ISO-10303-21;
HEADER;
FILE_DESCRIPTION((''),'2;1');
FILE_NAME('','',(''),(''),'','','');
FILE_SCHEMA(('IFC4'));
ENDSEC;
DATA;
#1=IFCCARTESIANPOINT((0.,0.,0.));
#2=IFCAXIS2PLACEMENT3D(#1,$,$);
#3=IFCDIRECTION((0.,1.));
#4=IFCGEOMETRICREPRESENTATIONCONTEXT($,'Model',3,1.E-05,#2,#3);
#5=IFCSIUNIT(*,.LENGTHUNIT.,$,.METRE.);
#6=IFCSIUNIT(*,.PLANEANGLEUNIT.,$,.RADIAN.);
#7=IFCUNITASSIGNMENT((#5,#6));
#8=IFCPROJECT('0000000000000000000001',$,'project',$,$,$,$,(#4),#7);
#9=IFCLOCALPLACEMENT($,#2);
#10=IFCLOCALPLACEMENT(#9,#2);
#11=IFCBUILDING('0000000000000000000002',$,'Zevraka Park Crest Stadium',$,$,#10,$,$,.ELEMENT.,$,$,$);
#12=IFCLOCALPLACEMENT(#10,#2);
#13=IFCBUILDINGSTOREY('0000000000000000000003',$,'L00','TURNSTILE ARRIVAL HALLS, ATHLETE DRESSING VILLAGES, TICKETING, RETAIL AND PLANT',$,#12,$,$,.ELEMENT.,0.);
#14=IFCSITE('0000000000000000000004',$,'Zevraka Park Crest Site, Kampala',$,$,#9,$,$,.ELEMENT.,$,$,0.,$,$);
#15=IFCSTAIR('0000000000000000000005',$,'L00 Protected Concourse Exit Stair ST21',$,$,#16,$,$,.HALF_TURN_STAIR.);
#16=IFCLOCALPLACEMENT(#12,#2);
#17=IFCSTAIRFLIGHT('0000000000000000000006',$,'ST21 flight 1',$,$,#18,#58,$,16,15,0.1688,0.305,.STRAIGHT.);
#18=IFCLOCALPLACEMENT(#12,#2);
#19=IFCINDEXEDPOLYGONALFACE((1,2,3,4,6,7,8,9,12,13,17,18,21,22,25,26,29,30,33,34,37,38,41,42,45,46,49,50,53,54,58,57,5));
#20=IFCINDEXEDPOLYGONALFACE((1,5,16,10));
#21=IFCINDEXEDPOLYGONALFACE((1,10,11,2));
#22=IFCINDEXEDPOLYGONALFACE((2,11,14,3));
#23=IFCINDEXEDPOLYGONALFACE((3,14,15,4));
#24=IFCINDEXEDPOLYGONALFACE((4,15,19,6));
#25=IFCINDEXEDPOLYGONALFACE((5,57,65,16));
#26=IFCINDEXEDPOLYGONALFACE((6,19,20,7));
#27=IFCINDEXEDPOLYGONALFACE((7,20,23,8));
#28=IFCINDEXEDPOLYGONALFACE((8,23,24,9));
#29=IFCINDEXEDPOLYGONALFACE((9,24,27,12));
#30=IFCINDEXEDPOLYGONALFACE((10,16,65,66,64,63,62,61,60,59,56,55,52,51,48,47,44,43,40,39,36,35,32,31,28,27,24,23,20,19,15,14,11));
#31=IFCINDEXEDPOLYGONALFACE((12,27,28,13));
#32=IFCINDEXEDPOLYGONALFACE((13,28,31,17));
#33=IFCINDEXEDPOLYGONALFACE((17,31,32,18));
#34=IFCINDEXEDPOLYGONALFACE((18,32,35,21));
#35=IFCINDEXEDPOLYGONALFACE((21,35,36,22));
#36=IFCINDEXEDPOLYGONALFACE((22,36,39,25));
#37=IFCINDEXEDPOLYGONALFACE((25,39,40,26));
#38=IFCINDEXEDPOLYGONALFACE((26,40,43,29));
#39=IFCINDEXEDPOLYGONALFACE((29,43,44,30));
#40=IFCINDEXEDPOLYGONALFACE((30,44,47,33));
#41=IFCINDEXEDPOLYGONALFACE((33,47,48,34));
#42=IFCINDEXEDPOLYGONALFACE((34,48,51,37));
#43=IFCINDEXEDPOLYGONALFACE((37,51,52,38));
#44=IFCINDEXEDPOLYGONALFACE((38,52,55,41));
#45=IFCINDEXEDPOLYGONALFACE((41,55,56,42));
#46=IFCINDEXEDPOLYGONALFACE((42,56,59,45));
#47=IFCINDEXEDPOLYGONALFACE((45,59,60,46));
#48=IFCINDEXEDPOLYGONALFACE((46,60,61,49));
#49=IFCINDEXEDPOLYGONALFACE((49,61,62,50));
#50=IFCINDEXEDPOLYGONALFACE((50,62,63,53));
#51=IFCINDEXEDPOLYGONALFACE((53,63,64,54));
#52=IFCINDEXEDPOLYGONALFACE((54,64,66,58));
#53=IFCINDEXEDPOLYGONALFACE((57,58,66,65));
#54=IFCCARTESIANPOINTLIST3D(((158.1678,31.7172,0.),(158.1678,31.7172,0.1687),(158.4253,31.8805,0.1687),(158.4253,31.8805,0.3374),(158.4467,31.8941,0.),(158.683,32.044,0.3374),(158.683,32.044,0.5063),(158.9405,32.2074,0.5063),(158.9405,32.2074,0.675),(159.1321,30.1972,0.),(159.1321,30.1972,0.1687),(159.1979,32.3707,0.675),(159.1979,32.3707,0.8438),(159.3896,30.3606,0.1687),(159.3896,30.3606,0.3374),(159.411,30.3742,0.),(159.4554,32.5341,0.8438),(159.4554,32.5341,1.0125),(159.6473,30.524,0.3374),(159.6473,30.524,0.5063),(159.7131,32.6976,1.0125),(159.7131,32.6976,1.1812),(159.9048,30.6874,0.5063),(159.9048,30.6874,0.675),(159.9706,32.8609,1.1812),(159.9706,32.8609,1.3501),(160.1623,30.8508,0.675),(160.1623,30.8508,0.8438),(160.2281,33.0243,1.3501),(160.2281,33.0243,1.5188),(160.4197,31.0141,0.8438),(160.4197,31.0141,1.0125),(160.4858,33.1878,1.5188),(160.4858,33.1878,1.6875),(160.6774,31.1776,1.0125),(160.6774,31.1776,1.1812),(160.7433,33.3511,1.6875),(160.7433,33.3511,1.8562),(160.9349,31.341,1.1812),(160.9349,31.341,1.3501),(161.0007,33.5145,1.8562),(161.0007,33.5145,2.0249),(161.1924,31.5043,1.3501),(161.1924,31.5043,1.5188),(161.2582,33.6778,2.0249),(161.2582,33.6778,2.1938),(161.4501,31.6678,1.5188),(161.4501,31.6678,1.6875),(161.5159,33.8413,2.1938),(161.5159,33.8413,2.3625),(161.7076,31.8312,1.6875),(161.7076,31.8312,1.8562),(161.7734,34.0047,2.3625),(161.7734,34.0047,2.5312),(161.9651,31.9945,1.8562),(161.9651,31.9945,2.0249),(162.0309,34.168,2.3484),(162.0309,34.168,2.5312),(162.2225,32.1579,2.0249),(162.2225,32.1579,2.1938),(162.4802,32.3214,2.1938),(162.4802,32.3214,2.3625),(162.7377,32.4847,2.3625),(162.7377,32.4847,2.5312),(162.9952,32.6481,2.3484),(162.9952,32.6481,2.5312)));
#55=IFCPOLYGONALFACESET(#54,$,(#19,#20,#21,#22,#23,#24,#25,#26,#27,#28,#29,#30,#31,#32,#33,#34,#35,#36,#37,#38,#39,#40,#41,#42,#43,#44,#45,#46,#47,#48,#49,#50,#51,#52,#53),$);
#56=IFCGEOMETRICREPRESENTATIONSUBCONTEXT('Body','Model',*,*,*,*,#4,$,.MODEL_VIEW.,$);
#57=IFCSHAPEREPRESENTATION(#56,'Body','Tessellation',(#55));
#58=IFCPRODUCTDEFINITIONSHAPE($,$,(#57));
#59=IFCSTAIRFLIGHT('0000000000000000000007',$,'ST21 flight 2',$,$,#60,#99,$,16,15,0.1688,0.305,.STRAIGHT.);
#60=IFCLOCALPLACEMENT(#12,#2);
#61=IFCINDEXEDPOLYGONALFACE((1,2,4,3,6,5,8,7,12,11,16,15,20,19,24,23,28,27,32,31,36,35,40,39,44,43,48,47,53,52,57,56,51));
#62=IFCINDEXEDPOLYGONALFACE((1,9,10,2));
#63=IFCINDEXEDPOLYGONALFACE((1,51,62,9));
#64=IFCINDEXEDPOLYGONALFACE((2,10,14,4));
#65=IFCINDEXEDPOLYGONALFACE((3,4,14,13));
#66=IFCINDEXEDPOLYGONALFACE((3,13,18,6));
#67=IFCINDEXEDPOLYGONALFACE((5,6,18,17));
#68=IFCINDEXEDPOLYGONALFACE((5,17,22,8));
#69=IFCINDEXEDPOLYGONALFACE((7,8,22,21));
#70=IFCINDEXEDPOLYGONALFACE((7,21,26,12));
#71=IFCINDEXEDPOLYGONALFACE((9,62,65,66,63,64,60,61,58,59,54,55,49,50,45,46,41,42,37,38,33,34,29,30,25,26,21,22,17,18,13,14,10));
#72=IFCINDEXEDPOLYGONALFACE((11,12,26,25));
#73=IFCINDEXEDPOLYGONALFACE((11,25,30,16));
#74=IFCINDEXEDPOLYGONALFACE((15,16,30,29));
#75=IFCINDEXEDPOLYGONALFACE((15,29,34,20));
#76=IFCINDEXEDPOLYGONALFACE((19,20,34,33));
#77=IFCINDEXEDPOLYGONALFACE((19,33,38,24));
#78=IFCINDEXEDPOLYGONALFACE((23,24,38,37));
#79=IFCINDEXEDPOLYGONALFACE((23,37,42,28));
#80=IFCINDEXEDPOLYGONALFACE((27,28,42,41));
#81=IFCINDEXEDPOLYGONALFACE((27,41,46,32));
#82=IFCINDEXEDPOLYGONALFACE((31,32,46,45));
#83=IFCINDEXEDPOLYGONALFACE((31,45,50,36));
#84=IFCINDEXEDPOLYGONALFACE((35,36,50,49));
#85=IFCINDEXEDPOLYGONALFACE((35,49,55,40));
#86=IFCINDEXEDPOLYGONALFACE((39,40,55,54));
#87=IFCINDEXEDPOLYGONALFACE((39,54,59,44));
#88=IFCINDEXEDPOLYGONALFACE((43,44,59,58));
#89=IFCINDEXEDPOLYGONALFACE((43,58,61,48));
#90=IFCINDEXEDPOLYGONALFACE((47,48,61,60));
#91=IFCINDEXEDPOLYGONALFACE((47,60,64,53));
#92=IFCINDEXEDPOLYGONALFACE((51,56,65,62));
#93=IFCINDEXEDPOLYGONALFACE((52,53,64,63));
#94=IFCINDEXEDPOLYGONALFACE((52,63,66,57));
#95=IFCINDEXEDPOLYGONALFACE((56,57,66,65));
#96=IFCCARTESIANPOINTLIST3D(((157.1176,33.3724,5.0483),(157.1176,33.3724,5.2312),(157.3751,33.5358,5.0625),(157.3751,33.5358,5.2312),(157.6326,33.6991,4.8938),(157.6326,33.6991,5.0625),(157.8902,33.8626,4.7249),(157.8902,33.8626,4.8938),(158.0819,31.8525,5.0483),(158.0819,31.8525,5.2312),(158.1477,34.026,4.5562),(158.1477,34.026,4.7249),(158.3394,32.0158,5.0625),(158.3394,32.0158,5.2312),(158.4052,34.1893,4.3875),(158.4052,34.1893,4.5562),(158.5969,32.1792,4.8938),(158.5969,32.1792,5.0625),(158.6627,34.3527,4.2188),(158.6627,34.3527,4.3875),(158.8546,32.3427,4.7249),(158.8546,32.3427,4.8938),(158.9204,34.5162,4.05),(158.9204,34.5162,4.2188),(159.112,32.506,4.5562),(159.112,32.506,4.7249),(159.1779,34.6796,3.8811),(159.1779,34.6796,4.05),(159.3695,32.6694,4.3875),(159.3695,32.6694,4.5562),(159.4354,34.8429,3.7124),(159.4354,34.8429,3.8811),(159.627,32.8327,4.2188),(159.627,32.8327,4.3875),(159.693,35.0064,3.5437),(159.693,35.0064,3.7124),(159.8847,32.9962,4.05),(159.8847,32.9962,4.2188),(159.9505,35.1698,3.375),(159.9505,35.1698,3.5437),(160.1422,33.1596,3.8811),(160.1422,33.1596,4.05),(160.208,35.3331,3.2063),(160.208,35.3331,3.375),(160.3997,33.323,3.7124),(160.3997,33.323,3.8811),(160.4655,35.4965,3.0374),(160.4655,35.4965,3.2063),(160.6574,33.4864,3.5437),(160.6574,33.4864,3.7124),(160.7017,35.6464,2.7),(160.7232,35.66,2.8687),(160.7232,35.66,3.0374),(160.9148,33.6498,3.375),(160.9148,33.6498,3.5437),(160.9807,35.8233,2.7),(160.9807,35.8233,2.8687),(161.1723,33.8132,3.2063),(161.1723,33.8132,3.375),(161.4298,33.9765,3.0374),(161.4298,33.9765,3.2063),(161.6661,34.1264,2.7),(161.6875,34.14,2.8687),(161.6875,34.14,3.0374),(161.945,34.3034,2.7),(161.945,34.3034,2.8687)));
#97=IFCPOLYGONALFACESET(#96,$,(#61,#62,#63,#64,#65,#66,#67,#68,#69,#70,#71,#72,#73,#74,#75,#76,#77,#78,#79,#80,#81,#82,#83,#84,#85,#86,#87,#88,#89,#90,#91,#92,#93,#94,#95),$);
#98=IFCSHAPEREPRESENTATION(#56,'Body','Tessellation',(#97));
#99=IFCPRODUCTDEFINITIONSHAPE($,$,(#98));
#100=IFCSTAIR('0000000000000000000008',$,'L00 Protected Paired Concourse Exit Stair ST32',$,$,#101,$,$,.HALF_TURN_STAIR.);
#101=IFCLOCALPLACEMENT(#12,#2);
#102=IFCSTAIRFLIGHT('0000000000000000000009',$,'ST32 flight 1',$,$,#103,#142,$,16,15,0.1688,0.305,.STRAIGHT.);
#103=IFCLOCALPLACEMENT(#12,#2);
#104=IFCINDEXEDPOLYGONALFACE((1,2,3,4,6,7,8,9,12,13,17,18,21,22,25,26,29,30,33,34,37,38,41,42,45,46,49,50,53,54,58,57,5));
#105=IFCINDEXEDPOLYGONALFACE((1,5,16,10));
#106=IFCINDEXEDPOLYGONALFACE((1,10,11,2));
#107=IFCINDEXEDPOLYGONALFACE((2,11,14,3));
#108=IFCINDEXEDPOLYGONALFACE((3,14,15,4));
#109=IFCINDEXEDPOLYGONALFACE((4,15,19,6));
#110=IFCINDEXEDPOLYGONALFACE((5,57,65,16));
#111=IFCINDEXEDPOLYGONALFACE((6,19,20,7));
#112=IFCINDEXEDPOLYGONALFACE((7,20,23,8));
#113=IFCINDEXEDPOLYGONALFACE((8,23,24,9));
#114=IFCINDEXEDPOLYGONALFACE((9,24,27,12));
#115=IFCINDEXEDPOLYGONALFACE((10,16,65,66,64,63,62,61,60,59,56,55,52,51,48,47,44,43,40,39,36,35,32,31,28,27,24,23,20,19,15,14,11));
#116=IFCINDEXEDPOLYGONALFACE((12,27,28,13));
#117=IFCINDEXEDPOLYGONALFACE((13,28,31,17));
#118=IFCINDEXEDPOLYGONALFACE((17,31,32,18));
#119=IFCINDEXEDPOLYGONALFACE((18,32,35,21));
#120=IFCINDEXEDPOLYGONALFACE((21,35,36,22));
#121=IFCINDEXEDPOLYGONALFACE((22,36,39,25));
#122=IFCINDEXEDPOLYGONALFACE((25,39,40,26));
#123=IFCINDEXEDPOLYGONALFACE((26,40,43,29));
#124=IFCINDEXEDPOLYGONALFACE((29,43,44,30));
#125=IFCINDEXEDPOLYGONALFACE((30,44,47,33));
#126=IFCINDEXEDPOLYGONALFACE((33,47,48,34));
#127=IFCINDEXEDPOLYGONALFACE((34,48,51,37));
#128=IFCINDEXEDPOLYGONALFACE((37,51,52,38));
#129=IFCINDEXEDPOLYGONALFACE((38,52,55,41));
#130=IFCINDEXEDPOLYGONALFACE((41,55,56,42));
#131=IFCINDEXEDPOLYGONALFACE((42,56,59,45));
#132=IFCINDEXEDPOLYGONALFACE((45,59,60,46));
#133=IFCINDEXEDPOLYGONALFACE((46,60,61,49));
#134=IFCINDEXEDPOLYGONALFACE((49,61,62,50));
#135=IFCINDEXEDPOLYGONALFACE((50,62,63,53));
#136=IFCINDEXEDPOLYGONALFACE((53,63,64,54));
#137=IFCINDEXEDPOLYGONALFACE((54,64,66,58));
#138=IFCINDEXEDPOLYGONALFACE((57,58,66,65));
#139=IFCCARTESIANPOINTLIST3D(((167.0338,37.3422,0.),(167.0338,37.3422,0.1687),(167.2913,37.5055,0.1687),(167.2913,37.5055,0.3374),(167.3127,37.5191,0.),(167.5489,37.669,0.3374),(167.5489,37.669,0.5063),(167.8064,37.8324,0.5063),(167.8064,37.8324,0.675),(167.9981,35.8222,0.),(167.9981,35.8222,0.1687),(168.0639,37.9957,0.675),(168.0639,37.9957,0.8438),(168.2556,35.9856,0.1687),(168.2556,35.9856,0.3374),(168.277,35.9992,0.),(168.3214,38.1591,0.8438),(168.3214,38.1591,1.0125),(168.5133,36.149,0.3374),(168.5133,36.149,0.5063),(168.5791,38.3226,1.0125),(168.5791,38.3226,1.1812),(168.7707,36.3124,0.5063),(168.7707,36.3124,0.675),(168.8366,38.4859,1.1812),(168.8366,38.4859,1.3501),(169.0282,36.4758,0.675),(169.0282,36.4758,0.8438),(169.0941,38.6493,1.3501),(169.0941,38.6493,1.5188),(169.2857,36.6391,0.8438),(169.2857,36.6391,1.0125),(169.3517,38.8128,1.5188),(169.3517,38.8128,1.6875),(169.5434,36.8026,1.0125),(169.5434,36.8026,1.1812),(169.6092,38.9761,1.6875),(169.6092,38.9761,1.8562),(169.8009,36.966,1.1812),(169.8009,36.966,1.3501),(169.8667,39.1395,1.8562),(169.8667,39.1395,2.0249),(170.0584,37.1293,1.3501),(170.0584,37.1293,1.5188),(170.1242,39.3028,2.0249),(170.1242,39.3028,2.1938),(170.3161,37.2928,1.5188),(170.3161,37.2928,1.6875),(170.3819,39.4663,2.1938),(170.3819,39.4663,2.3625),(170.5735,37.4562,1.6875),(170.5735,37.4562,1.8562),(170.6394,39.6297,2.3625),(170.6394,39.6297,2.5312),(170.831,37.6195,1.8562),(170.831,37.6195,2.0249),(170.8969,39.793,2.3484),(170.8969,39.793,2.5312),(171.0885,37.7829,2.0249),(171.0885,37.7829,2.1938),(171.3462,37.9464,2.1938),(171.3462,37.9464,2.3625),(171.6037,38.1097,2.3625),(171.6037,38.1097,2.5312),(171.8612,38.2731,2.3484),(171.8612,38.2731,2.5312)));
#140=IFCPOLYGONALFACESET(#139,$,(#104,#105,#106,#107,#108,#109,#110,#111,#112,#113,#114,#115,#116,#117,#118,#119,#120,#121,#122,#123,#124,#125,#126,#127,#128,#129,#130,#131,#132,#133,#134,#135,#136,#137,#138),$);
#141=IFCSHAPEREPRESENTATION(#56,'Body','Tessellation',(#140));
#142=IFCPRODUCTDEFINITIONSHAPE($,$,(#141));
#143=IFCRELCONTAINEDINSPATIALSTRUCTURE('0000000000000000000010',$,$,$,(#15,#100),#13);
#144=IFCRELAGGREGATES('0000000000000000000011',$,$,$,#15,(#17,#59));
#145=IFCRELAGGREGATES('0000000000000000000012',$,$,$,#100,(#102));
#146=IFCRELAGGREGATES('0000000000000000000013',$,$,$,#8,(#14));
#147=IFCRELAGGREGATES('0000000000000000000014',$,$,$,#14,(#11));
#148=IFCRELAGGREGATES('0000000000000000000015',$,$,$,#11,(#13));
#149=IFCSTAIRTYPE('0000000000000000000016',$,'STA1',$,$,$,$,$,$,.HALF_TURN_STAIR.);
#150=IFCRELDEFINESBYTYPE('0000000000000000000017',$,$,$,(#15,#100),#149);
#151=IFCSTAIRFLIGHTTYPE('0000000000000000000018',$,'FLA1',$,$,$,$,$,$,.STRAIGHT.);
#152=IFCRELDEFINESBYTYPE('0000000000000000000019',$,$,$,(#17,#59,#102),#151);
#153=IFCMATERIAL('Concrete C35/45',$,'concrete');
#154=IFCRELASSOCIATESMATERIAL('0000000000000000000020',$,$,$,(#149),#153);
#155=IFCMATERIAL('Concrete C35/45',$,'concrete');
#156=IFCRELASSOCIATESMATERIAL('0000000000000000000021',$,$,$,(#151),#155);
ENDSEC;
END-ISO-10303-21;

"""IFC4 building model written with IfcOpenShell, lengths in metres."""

from ifc_helpers import new_model, si_unit, direction, frame, origin, place, context, subcontext, project, spatial, polyline, outline, extrude, material, type_object, element, aggregate, save


model = new_model("IFC4")

# Units and contexts
model_context = context("Model", 3, precision=1e-05, world=origin(), true_north=direction((0.0, 1.0)))
body_context = subcontext(model_context, "Body", "Model", "MODEL_VIEW")
ifc_project = project(units=[si_unit("LENGTHUNIT", "METRE"), si_unit("PLANEANGLEUNIT", "RADIAN")], contexts=[model_context])

# Site, building, storey
site_placement = place(None, origin())
site = spatial("IfcSite", under=ifc_project, at=site_placement, Name="Zevraka Park Crest Site, Kampala", CompositionType="ELEMENT", RefElevation=0.0)
building_placement = place(site_placement, origin())
building = spatial("IfcBuilding", under=site, at=building_placement, Name="Zevraka Park Crest Stadium", CompositionType="ELEMENT")
storey_placement = place(building_placement, origin())
storey = spatial("IfcBuildingStorey", under=building, at=storey_placement, Name="L00", Description="TURNSTILE ARRIVAL HALLS, ATHLETE DRESSING VILLAGES, TICKETING, RETAIL AND PLANT", CompositionType="ELEMENT", Elevation=0.0)

# Stairs, stair flights
ifc_material_1 = material(Name="Concrete C35/45", Category="concrete")
stair_type = type_object("IfcStairType", Name="STA1", PredefinedType="HALF_TURN_STAIR", material=ifc_material_1)
stair_1_placement = place(storey_placement, origin())
stair_1 = element("IfcStair", 1, at=stair_1_placement, inside=storey, type_object=stair_type, Name="L00 Protected Concourse Exit Stair ST21", PredefinedType="HALF_TURN_STAIR")
ifc_material_2 = material(Name="Concrete C35/45", Category="concrete")
stair_flight_type = type_object("IfcStairFlightType", Name="FLA1", PredefinedType="STRAIGHT", material=ifc_material_2)
stair_flight_1_placement = place(storey_placement, frame((158.6499, 30.9573, 0.0), z_axis=(0.0, 0.0, 1.0), x_axis=(0.844397, 0.535718, 0.0)))
stair_flight_1 = element("IfcStairFlight", 2, at=stair_flight_1_placement, type_object=stair_flight_type, Name="ST21 flight 1", NumberOfRisers=16, NumberOfTreads=15, PredefinedType="STRAIGHT", RiserHeight=0.1688, TreadLength=0.305, context=body_context, shape_type="SweptSolid", body=[
    extrude(outline(polyline([(0.0, 0.0), (0.0, 0.1687), (0.3049, 0.1687), (0.3049, 0.3374), (0.6101, 0.3374), (0.6101, 0.5063), (0.915, 0.5063), (0.915, 0.675), (1.22, 0.675), (1.22, 0.8438), (1.5249, 0.8438), (1.5249, 1.0125), (1.8301, 1.0125), (1.8301, 1.1812), (2.135, 1.1812), (2.135, 1.3501), (2.4399, 1.3501), (2.4399, 1.5188), (2.7451, 1.5188), (2.7451, 1.6875), (3.05, 1.6875), (3.05, 1.8562), (3.355, 1.8562), (3.355, 2.0249), (3.6599, 2.0249), (3.6599, 2.1938), (3.9651, 2.1938), (3.9651, 2.3625), (4.27, 2.3625), (4.27, 2.5312), (4.575, 2.5312), (4.575, 2.7), (4.575, 2.3484), (0.3303, 0.0), (0.0, 0.0)])), frame((0.0, 0.8999, 0.0), z_axis=(0.0, -1.0, 0.0), x_axis=(1.0, 0.0, 0.0)), (0.0, 0.0, 1.0), 1.8),
])
stair_flight_2_placement = place(storey_placement, frame((161.4629, 35.0632, 2.7), z_axis=(0.0, 0.0, 1.0), x_axis=(-0.844397, -0.535718, 0.0)))
stair_flight_2 = element("IfcStairFlight", 3, at=stair_flight_2_placement, type_object=stair_flight_type, Name="ST21 flight 2", NumberOfRisers=16, NumberOfTreads=15, PredefinedType="STRAIGHT", RiserHeight=0.1688, TreadLength=0.305, context=body_context, shape_type="SweptSolid", body=[
    extrude(outline(polyline([(0.0, 0.0), (0.0, 0.1687), (0.3049, 0.1687), (0.3049, 0.3374), (0.6101, 0.3374), (0.6101, 0.5063), (0.915, 0.5063), (0.915, 0.675), (1.22, 0.675), (1.22, 0.8438), (1.5249, 0.8438), (1.5249, 1.0125), (1.8301, 1.0125), (1.8301, 1.1812), (2.135, 1.1812), (2.135, 1.3501), (2.4399, 1.3501), (2.4399, 1.5188), (2.7451, 1.5188), (2.7451, 1.6875), (3.05, 1.6875), (3.05, 1.8562), (3.355, 1.8562), (3.355, 2.0249), (3.6599, 2.0249), (3.6599, 2.1938), (3.9651, 2.1938), (3.9651, 2.3625), (4.27, 2.3625), (4.27, 2.5312), (4.575, 2.5312), (4.575, 2.7), (4.575, 2.3484), (0.3303, 0.0), (0.0, 0.0)])), frame((0.0, 0.8999, 0.0), z_axis=(0.0, -1.0, 0.0), x_axis=(1.0, 0.0, 0.0)), (0.0, 0.0, 1.0), 1.8),
])
aggregate(stair_1, [stair_flight_1, stair_flight_2])
stair_2_placement = place(storey_placement, origin())
stair_2 = element("IfcStair", 4, at=stair_2_placement, inside=storey, type_object=stair_type, Name="L00 Protected Paired Concourse Exit Stair ST32", PredefinedType="HALF_TURN_STAIR")
stair_flight_3_placement = place(storey_placement, frame((167.5159, 36.5823, 0.0), z_axis=(0.0, 0.0, 1.0), x_axis=(0.844397, 0.535718, 0.0)))
stair_flight_3 = element("IfcStairFlight", 5, at=stair_flight_3_placement, type_object=stair_flight_type, Name="ST32 flight 1", NumberOfRisers=16, NumberOfTreads=15, PredefinedType="STRAIGHT", RiserHeight=0.1688, TreadLength=0.305, context=body_context, shape_type="SweptSolid", body=[
    extrude(outline(polyline([(0.0, 0.0), (0.0, 0.1687), (0.3049, 0.1687), (0.3049, 0.3374), (0.6101, 0.3374), (0.6101, 0.5063), (0.915, 0.5063), (0.915, 0.675), (1.22, 0.675), (1.22, 0.8438), (1.5249, 0.8438), (1.5249, 1.0125), (1.8301, 1.0125), (1.8301, 1.1812), (2.135, 1.1812), (2.135, 1.3501), (2.4399, 1.3501), (2.4399, 1.5188), (2.7451, 1.5188), (2.7451, 1.6875), (3.05, 1.6875), (3.05, 1.8562), (3.355, 1.8562), (3.355, 2.0249), (3.6599, 2.0249), (3.6599, 2.1938), (3.9651, 2.1938), (3.9651, 2.3625), (4.27, 2.3625), (4.27, 2.5312), (4.575, 2.5312), (4.575, 2.7), (4.575, 2.3484), (0.3303, 0.0), (0.0, 0.0)])), frame((0.0, 0.8999, 0.0), z_axis=(0.0, -1.0, 0.0), x_axis=(1.0, 0.0, 0.0)), (0.0, 0.0, 1.0), 1.8),
])
aggregate(stair_2, [stair_flight_3])

save(model, "model.ifc")
